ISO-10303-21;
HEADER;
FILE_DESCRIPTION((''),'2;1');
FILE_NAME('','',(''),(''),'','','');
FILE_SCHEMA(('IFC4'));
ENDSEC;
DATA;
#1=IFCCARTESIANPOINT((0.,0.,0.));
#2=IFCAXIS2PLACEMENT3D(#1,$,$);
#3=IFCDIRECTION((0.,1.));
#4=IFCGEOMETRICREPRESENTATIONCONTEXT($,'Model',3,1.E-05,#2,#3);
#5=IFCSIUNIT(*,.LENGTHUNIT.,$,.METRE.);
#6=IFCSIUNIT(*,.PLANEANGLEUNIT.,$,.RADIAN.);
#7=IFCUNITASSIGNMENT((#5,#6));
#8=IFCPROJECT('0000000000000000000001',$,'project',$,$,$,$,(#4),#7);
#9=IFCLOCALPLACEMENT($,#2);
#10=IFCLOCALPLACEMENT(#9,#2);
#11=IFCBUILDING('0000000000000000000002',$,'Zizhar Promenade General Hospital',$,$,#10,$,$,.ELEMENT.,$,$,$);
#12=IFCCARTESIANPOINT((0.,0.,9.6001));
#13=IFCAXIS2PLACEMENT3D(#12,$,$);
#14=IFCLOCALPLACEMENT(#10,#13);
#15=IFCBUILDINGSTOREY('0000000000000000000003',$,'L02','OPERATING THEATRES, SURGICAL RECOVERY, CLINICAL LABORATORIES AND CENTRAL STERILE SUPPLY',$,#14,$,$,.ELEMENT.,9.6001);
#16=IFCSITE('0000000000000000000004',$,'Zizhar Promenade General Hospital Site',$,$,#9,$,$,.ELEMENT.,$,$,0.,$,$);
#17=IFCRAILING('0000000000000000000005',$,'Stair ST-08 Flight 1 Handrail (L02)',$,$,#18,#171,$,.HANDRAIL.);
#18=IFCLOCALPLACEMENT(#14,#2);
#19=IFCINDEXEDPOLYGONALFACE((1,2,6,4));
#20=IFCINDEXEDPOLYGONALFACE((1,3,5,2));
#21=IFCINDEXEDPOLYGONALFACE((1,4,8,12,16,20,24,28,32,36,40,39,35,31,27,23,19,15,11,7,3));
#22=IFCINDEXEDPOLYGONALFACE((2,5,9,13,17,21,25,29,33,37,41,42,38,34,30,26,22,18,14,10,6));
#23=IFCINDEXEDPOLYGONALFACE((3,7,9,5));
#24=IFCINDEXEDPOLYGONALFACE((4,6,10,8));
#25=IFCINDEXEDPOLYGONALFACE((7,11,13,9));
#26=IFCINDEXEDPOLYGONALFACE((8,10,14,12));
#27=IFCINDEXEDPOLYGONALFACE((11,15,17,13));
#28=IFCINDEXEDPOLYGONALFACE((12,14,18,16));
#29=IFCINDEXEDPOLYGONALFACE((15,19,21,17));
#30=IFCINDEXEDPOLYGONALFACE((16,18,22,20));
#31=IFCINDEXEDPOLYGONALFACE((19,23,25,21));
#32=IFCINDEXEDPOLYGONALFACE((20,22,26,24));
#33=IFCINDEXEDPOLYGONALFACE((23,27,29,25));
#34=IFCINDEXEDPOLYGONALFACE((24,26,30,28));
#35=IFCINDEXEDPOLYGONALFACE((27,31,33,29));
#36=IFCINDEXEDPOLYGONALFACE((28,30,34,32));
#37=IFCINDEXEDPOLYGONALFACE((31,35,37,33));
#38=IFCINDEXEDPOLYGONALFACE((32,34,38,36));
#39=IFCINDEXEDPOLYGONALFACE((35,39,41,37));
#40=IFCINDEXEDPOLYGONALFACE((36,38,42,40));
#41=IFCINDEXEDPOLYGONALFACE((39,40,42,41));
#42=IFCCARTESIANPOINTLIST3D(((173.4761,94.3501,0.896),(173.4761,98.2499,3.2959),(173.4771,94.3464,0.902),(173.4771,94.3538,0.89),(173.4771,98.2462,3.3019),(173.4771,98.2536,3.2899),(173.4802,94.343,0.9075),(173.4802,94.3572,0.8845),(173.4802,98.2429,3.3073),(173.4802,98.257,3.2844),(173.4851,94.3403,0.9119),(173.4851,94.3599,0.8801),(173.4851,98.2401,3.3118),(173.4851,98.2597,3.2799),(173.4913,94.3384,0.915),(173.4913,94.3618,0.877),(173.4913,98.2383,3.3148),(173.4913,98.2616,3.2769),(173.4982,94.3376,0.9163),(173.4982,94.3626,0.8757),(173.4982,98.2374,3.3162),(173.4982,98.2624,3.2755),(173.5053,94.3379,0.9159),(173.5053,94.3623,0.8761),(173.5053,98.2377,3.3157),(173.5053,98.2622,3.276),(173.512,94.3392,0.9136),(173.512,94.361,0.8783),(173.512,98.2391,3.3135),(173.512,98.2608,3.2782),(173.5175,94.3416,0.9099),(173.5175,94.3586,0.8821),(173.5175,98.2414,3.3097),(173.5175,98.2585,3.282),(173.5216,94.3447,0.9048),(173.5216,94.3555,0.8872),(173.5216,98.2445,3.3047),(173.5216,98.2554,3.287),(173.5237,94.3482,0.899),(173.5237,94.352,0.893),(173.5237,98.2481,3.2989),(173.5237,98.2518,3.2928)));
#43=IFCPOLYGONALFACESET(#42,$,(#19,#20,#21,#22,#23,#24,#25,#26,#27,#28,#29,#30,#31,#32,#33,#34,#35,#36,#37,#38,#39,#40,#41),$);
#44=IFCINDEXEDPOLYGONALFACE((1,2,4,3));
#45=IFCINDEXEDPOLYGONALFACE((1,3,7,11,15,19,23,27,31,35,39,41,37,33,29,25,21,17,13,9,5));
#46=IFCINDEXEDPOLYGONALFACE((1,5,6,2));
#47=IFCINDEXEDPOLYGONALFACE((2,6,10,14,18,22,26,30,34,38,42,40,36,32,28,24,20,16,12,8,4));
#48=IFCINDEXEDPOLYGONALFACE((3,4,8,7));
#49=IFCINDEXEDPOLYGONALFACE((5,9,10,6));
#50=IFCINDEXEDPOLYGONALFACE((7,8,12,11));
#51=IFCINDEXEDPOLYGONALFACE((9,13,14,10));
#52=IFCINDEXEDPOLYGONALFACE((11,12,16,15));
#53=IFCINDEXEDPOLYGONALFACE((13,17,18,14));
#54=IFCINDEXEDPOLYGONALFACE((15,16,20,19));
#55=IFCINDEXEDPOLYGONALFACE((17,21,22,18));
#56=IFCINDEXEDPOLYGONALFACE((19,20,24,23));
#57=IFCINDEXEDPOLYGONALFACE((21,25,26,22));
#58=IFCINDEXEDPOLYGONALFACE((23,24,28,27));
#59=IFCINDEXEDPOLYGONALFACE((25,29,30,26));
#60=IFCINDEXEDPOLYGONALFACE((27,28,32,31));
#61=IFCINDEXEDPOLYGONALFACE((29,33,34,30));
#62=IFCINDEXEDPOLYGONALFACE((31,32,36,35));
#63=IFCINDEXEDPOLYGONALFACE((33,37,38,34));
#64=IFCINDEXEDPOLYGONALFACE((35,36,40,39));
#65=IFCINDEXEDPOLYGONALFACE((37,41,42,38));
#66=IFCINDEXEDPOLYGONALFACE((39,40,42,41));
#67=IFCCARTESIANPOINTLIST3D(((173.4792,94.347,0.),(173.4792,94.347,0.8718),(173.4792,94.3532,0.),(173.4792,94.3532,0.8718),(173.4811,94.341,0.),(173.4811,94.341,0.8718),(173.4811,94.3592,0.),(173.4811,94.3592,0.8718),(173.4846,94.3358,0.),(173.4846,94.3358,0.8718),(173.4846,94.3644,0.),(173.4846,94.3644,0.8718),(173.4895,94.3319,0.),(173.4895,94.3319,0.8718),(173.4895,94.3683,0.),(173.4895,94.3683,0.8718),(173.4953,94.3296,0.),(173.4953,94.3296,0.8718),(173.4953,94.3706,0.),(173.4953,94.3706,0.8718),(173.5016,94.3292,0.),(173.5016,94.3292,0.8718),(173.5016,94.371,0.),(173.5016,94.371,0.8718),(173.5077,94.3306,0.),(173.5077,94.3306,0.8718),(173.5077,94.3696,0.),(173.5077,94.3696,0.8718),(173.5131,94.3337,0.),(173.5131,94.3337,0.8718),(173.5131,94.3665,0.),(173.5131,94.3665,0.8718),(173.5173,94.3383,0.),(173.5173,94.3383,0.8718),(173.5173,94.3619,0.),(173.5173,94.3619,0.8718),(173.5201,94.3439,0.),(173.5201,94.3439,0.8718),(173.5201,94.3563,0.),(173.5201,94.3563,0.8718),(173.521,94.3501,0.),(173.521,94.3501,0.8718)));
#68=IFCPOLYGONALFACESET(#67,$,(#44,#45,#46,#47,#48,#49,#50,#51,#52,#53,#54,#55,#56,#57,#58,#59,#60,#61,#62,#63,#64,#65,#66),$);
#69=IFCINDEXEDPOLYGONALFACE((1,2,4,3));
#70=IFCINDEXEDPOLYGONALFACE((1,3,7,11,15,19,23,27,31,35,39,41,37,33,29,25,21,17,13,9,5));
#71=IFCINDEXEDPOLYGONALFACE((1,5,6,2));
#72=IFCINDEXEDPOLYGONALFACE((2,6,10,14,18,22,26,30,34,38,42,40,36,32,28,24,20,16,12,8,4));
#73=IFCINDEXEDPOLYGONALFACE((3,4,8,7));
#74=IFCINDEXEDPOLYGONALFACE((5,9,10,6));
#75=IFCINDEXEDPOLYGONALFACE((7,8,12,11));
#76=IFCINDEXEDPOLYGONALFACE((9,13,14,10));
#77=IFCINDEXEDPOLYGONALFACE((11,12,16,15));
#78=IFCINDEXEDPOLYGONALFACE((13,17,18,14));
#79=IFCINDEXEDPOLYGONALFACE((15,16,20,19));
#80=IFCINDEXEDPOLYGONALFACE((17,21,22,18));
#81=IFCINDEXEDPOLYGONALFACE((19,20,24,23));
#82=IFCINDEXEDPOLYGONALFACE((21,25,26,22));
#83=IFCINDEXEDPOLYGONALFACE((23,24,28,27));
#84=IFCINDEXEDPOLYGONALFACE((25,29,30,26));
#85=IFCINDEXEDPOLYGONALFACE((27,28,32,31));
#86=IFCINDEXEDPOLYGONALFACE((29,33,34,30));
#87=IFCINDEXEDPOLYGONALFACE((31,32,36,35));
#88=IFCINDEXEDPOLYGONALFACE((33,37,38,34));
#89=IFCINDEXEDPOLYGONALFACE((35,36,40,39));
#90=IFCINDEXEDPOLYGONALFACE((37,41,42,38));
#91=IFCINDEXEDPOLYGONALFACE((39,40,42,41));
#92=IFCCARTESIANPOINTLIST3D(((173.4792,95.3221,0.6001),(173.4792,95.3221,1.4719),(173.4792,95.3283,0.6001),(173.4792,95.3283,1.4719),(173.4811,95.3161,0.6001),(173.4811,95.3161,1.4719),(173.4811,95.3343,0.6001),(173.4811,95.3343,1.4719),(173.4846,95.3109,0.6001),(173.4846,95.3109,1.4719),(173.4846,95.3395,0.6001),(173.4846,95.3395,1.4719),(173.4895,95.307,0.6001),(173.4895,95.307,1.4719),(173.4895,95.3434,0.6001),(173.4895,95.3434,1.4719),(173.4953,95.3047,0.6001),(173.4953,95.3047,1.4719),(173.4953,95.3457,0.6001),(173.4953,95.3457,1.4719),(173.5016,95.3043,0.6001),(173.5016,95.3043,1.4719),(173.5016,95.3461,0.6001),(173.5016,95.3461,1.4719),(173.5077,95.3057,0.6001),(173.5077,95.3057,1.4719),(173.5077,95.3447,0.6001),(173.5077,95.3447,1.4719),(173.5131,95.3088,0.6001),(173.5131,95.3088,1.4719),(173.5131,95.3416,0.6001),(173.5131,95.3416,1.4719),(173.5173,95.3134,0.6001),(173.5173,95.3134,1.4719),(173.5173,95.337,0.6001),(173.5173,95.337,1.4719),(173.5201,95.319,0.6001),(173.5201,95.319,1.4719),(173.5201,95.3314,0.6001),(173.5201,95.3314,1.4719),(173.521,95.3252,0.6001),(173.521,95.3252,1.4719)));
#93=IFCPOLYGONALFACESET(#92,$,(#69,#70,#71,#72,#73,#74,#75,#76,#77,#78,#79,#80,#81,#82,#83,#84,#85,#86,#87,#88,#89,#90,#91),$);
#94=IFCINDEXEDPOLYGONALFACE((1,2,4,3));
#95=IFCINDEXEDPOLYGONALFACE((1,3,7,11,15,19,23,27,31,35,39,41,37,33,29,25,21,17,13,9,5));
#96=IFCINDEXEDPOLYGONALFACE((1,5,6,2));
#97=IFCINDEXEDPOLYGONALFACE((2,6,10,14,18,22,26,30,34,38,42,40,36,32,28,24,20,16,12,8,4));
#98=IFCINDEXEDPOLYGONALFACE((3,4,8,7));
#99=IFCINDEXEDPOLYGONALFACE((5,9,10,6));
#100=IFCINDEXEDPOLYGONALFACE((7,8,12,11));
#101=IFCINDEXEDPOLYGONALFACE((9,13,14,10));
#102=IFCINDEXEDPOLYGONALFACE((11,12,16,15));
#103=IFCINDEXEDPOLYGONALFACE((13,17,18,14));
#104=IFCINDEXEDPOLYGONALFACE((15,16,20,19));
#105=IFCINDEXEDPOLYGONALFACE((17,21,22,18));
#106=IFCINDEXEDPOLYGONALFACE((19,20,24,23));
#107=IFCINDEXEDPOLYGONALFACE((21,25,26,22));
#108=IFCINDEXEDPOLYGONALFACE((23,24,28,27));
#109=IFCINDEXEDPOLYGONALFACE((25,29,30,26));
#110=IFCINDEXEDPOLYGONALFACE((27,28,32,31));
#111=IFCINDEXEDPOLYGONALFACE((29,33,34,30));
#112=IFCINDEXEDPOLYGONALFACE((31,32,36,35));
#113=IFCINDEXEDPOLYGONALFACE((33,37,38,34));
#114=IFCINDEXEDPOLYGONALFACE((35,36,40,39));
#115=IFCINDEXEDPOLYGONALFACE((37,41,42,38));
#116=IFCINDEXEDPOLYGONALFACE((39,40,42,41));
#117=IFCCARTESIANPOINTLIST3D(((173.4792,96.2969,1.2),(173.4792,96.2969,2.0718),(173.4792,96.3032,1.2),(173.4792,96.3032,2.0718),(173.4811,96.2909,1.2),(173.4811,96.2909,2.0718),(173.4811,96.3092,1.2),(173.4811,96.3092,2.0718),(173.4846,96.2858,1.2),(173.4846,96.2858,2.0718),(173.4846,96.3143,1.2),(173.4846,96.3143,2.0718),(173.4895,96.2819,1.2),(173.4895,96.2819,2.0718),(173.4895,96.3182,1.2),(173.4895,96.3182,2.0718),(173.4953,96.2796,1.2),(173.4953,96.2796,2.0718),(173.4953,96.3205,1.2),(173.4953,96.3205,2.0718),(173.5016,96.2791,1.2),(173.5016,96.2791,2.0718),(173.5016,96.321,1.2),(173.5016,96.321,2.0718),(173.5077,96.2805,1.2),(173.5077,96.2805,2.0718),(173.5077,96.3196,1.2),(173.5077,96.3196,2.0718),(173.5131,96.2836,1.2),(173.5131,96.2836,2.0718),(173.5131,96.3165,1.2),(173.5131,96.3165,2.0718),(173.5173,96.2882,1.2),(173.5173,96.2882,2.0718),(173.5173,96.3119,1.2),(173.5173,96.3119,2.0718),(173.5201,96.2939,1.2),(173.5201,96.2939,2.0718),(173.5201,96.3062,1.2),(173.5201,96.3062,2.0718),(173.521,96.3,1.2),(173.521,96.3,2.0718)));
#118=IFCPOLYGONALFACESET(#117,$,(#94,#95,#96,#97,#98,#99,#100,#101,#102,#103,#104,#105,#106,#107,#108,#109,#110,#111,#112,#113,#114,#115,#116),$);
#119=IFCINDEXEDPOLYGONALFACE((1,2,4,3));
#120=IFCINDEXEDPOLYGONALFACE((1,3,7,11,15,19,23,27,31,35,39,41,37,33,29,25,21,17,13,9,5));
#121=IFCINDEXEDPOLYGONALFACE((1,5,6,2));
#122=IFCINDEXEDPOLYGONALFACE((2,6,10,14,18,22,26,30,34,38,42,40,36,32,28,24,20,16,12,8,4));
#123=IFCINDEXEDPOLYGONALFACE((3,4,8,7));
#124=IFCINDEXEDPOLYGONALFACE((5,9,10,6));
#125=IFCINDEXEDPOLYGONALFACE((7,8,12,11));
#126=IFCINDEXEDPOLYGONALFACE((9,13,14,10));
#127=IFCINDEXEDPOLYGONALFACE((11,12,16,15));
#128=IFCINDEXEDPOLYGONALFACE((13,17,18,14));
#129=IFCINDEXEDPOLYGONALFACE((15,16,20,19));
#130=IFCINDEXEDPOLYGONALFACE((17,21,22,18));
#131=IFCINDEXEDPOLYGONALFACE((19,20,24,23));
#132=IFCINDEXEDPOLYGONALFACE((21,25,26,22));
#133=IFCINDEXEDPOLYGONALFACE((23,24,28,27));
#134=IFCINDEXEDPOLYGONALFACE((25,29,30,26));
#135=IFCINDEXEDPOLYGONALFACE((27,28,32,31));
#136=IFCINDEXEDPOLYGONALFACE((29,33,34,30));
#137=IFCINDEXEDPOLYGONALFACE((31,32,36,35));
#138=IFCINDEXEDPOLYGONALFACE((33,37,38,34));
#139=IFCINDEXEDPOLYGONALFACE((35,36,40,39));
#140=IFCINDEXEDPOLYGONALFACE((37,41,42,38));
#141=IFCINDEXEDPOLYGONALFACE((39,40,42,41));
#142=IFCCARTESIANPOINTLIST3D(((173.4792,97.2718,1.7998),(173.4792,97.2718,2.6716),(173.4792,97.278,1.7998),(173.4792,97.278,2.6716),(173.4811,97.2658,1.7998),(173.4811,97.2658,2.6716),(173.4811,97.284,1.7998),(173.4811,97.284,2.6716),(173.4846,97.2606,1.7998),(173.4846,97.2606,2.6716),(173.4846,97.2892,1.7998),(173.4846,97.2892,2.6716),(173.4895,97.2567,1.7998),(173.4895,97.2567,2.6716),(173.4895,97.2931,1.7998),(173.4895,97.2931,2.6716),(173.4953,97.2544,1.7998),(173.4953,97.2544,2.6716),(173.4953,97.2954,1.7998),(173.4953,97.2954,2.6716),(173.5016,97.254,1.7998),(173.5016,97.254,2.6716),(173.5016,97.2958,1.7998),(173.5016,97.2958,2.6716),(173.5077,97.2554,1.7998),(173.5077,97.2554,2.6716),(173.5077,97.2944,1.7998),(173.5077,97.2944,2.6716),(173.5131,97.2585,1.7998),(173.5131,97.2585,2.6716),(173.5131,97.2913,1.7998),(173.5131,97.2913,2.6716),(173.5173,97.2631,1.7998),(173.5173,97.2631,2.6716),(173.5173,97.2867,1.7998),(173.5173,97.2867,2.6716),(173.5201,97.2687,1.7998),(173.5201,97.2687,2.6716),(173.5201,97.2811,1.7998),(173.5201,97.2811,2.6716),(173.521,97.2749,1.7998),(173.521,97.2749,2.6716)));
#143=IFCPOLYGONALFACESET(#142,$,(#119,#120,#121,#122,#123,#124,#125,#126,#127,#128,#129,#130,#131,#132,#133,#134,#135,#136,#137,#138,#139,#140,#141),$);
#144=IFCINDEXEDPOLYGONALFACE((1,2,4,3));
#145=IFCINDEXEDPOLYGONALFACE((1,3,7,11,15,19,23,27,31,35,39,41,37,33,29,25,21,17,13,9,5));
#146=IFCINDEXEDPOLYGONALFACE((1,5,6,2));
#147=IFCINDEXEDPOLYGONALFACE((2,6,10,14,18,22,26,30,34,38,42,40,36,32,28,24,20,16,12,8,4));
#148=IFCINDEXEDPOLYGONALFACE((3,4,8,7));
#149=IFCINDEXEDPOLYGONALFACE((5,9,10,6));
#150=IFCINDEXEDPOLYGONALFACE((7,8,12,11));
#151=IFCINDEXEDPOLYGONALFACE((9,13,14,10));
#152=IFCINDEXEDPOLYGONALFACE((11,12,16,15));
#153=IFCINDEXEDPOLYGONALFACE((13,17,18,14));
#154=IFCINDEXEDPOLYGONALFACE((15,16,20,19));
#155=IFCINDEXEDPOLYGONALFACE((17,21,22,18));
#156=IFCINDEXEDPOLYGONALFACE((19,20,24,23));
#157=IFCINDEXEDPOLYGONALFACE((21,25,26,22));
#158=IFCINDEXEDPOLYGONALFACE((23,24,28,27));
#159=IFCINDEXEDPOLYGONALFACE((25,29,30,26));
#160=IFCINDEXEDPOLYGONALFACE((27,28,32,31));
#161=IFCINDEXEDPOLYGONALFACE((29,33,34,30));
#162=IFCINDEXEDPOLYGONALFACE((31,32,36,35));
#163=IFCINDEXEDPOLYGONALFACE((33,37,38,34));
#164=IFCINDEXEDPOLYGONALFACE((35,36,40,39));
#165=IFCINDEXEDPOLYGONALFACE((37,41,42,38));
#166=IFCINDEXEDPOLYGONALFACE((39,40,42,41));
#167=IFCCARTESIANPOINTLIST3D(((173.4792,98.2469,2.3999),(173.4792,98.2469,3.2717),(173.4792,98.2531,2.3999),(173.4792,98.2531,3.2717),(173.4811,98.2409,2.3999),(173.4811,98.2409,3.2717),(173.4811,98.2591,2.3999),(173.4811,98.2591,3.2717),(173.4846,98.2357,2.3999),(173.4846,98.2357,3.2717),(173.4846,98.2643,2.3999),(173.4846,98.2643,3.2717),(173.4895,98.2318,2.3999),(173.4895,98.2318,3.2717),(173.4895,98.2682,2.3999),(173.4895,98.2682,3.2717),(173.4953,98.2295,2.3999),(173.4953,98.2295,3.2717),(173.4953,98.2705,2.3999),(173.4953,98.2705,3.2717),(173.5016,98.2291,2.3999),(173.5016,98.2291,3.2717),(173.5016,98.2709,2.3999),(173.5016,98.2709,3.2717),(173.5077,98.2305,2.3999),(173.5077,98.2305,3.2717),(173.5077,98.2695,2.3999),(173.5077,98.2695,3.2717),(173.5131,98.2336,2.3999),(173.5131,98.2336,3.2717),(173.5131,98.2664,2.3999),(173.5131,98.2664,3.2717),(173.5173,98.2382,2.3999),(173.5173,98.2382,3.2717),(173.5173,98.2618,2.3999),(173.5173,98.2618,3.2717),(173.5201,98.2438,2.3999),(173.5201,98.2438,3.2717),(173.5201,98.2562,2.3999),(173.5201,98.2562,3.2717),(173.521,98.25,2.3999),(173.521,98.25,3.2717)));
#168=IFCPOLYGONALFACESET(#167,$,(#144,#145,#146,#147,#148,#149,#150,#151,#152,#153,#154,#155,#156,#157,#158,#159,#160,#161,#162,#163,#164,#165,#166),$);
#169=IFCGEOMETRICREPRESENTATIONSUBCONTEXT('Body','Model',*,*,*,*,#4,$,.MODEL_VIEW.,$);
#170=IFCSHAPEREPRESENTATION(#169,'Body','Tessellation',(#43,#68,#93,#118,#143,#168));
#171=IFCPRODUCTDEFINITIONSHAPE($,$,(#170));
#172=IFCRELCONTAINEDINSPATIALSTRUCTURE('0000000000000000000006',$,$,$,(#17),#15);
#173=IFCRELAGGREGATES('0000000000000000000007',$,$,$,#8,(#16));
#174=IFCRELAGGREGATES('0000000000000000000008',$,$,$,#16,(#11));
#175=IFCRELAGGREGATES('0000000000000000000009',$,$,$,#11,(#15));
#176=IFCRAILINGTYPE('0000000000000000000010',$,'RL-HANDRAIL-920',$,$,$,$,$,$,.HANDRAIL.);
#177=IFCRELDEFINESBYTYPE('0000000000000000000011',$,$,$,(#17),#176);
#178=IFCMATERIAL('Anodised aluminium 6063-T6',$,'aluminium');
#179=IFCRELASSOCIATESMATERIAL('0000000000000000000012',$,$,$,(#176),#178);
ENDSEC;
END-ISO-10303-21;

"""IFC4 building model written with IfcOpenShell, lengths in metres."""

from ifc_helpers import new_model, si_unit, direction, frame, origin, origin_2d, place, context, subcontext, project, spatial, circle, hollow_circle, extrude, material, material_profile, profile_set, type_object, element, save


model = new_model("IFC4")

# Units and contexts
model_context = context("Model", 3, precision=1e-05, world=origin(), true_north=direction((0.0, 1.0)))
body_context = subcontext(model_context, "Body", "Model", "MODEL_VIEW")
ifc_project = project(units=[si_unit("LENGTHUNIT", "METRE"), si_unit("PLANEANGLEUNIT", "RADIAN")], contexts=[model_context])

# Site, building, storey
site_placement = place(None, origin())
site = spatial("IfcSite", under=ifc_project, at=site_placement, Name="Zizhar Promenade General Hospital Site", CompositionType="ELEMENT", RefElevation=0.0)
building_placement = place(site_placement, origin())
building = spatial("IfcBuilding", under=site, at=building_placement, Name="Zizhar Promenade General Hospital", CompositionType="ELEMENT")
storey_placement = place(building_placement, frame((0.0, 0.0, 9.6001)))
storey = spatial("IfcBuildingStorey", under=building, at=storey_placement, Name="L02", Description="OPERATING THEATRES, SURGICAL RECOVERY, CLINICAL LABORATORIES AND CENTRAL STERILE SUPPLY", CompositionType="ELEMENT", Elevation=9.6001)

# Railing
ifc_material_1 = material(Name="Anodised aluminium 6063-T6", Category="aluminium")
ifc_material_profile_1 = material_profile(ifc_material_1, hollow_circle(Radius=0.0698, WallThickness=0.0063, at=origin_2d()))
ifc_profile_set_1 = profile_set([ifc_material_profile_1], Name="Anodised aluminium 6063-T6")
railing_type_1 = type_object("IfcRailingType", Name="RL-HANDRAIL-920", PredefinedType="HANDRAIL", material=ifc_profile_set_1)
railing_1_placement = place(storey_placement, frame((173.5, 94.3501, 0.0)))
element("IfcRailing", 1, at=railing_1_placement, inside=storey, type_object=railing_type_1, Name="Stair ST-08 Flight 1 Handrail (L02)", PredefinedType="HANDRAIL", context=body_context, shape_type="SweptSolid", body=[
    extrude(circle(Radius=0.0239, at=origin_2d()), frame((0.0, 0.0, 0.896), z_axis=(0.0, 0.851662, 0.524091), x_axis=(-1.0, 0.0, 0.0)), (0.0, 0.0, 1.0), 4.5791),
    extrude(circle(Radius=0.021, at=origin_2d()), origin(), (0.0, 0.0, 1.0), 0.8718),
    extrude(circle(Radius=0.021, at=origin_2d()), frame((0.0, 0.9751, 0.6001)), (0.0, 0.0, 1.0), 0.8718),
    extrude(circle(Radius=0.021, at=origin_2d()), frame((0.0, 1.95, 1.2)), (0.0, 0.0, 1.0), 0.8718),
    extrude(circle(Radius=0.021, at=origin_2d()), frame((0.0, 2.9248, 1.7998)), (0.0, 0.0, 1.0), 0.8718),
    extrude(circle(Radius=0.021, at=origin_2d()), frame((0.0, 3.8999, 2.3999)), (0.0, 0.0, 1.0), 0.8718),
])

save(model, "model.ifc")
